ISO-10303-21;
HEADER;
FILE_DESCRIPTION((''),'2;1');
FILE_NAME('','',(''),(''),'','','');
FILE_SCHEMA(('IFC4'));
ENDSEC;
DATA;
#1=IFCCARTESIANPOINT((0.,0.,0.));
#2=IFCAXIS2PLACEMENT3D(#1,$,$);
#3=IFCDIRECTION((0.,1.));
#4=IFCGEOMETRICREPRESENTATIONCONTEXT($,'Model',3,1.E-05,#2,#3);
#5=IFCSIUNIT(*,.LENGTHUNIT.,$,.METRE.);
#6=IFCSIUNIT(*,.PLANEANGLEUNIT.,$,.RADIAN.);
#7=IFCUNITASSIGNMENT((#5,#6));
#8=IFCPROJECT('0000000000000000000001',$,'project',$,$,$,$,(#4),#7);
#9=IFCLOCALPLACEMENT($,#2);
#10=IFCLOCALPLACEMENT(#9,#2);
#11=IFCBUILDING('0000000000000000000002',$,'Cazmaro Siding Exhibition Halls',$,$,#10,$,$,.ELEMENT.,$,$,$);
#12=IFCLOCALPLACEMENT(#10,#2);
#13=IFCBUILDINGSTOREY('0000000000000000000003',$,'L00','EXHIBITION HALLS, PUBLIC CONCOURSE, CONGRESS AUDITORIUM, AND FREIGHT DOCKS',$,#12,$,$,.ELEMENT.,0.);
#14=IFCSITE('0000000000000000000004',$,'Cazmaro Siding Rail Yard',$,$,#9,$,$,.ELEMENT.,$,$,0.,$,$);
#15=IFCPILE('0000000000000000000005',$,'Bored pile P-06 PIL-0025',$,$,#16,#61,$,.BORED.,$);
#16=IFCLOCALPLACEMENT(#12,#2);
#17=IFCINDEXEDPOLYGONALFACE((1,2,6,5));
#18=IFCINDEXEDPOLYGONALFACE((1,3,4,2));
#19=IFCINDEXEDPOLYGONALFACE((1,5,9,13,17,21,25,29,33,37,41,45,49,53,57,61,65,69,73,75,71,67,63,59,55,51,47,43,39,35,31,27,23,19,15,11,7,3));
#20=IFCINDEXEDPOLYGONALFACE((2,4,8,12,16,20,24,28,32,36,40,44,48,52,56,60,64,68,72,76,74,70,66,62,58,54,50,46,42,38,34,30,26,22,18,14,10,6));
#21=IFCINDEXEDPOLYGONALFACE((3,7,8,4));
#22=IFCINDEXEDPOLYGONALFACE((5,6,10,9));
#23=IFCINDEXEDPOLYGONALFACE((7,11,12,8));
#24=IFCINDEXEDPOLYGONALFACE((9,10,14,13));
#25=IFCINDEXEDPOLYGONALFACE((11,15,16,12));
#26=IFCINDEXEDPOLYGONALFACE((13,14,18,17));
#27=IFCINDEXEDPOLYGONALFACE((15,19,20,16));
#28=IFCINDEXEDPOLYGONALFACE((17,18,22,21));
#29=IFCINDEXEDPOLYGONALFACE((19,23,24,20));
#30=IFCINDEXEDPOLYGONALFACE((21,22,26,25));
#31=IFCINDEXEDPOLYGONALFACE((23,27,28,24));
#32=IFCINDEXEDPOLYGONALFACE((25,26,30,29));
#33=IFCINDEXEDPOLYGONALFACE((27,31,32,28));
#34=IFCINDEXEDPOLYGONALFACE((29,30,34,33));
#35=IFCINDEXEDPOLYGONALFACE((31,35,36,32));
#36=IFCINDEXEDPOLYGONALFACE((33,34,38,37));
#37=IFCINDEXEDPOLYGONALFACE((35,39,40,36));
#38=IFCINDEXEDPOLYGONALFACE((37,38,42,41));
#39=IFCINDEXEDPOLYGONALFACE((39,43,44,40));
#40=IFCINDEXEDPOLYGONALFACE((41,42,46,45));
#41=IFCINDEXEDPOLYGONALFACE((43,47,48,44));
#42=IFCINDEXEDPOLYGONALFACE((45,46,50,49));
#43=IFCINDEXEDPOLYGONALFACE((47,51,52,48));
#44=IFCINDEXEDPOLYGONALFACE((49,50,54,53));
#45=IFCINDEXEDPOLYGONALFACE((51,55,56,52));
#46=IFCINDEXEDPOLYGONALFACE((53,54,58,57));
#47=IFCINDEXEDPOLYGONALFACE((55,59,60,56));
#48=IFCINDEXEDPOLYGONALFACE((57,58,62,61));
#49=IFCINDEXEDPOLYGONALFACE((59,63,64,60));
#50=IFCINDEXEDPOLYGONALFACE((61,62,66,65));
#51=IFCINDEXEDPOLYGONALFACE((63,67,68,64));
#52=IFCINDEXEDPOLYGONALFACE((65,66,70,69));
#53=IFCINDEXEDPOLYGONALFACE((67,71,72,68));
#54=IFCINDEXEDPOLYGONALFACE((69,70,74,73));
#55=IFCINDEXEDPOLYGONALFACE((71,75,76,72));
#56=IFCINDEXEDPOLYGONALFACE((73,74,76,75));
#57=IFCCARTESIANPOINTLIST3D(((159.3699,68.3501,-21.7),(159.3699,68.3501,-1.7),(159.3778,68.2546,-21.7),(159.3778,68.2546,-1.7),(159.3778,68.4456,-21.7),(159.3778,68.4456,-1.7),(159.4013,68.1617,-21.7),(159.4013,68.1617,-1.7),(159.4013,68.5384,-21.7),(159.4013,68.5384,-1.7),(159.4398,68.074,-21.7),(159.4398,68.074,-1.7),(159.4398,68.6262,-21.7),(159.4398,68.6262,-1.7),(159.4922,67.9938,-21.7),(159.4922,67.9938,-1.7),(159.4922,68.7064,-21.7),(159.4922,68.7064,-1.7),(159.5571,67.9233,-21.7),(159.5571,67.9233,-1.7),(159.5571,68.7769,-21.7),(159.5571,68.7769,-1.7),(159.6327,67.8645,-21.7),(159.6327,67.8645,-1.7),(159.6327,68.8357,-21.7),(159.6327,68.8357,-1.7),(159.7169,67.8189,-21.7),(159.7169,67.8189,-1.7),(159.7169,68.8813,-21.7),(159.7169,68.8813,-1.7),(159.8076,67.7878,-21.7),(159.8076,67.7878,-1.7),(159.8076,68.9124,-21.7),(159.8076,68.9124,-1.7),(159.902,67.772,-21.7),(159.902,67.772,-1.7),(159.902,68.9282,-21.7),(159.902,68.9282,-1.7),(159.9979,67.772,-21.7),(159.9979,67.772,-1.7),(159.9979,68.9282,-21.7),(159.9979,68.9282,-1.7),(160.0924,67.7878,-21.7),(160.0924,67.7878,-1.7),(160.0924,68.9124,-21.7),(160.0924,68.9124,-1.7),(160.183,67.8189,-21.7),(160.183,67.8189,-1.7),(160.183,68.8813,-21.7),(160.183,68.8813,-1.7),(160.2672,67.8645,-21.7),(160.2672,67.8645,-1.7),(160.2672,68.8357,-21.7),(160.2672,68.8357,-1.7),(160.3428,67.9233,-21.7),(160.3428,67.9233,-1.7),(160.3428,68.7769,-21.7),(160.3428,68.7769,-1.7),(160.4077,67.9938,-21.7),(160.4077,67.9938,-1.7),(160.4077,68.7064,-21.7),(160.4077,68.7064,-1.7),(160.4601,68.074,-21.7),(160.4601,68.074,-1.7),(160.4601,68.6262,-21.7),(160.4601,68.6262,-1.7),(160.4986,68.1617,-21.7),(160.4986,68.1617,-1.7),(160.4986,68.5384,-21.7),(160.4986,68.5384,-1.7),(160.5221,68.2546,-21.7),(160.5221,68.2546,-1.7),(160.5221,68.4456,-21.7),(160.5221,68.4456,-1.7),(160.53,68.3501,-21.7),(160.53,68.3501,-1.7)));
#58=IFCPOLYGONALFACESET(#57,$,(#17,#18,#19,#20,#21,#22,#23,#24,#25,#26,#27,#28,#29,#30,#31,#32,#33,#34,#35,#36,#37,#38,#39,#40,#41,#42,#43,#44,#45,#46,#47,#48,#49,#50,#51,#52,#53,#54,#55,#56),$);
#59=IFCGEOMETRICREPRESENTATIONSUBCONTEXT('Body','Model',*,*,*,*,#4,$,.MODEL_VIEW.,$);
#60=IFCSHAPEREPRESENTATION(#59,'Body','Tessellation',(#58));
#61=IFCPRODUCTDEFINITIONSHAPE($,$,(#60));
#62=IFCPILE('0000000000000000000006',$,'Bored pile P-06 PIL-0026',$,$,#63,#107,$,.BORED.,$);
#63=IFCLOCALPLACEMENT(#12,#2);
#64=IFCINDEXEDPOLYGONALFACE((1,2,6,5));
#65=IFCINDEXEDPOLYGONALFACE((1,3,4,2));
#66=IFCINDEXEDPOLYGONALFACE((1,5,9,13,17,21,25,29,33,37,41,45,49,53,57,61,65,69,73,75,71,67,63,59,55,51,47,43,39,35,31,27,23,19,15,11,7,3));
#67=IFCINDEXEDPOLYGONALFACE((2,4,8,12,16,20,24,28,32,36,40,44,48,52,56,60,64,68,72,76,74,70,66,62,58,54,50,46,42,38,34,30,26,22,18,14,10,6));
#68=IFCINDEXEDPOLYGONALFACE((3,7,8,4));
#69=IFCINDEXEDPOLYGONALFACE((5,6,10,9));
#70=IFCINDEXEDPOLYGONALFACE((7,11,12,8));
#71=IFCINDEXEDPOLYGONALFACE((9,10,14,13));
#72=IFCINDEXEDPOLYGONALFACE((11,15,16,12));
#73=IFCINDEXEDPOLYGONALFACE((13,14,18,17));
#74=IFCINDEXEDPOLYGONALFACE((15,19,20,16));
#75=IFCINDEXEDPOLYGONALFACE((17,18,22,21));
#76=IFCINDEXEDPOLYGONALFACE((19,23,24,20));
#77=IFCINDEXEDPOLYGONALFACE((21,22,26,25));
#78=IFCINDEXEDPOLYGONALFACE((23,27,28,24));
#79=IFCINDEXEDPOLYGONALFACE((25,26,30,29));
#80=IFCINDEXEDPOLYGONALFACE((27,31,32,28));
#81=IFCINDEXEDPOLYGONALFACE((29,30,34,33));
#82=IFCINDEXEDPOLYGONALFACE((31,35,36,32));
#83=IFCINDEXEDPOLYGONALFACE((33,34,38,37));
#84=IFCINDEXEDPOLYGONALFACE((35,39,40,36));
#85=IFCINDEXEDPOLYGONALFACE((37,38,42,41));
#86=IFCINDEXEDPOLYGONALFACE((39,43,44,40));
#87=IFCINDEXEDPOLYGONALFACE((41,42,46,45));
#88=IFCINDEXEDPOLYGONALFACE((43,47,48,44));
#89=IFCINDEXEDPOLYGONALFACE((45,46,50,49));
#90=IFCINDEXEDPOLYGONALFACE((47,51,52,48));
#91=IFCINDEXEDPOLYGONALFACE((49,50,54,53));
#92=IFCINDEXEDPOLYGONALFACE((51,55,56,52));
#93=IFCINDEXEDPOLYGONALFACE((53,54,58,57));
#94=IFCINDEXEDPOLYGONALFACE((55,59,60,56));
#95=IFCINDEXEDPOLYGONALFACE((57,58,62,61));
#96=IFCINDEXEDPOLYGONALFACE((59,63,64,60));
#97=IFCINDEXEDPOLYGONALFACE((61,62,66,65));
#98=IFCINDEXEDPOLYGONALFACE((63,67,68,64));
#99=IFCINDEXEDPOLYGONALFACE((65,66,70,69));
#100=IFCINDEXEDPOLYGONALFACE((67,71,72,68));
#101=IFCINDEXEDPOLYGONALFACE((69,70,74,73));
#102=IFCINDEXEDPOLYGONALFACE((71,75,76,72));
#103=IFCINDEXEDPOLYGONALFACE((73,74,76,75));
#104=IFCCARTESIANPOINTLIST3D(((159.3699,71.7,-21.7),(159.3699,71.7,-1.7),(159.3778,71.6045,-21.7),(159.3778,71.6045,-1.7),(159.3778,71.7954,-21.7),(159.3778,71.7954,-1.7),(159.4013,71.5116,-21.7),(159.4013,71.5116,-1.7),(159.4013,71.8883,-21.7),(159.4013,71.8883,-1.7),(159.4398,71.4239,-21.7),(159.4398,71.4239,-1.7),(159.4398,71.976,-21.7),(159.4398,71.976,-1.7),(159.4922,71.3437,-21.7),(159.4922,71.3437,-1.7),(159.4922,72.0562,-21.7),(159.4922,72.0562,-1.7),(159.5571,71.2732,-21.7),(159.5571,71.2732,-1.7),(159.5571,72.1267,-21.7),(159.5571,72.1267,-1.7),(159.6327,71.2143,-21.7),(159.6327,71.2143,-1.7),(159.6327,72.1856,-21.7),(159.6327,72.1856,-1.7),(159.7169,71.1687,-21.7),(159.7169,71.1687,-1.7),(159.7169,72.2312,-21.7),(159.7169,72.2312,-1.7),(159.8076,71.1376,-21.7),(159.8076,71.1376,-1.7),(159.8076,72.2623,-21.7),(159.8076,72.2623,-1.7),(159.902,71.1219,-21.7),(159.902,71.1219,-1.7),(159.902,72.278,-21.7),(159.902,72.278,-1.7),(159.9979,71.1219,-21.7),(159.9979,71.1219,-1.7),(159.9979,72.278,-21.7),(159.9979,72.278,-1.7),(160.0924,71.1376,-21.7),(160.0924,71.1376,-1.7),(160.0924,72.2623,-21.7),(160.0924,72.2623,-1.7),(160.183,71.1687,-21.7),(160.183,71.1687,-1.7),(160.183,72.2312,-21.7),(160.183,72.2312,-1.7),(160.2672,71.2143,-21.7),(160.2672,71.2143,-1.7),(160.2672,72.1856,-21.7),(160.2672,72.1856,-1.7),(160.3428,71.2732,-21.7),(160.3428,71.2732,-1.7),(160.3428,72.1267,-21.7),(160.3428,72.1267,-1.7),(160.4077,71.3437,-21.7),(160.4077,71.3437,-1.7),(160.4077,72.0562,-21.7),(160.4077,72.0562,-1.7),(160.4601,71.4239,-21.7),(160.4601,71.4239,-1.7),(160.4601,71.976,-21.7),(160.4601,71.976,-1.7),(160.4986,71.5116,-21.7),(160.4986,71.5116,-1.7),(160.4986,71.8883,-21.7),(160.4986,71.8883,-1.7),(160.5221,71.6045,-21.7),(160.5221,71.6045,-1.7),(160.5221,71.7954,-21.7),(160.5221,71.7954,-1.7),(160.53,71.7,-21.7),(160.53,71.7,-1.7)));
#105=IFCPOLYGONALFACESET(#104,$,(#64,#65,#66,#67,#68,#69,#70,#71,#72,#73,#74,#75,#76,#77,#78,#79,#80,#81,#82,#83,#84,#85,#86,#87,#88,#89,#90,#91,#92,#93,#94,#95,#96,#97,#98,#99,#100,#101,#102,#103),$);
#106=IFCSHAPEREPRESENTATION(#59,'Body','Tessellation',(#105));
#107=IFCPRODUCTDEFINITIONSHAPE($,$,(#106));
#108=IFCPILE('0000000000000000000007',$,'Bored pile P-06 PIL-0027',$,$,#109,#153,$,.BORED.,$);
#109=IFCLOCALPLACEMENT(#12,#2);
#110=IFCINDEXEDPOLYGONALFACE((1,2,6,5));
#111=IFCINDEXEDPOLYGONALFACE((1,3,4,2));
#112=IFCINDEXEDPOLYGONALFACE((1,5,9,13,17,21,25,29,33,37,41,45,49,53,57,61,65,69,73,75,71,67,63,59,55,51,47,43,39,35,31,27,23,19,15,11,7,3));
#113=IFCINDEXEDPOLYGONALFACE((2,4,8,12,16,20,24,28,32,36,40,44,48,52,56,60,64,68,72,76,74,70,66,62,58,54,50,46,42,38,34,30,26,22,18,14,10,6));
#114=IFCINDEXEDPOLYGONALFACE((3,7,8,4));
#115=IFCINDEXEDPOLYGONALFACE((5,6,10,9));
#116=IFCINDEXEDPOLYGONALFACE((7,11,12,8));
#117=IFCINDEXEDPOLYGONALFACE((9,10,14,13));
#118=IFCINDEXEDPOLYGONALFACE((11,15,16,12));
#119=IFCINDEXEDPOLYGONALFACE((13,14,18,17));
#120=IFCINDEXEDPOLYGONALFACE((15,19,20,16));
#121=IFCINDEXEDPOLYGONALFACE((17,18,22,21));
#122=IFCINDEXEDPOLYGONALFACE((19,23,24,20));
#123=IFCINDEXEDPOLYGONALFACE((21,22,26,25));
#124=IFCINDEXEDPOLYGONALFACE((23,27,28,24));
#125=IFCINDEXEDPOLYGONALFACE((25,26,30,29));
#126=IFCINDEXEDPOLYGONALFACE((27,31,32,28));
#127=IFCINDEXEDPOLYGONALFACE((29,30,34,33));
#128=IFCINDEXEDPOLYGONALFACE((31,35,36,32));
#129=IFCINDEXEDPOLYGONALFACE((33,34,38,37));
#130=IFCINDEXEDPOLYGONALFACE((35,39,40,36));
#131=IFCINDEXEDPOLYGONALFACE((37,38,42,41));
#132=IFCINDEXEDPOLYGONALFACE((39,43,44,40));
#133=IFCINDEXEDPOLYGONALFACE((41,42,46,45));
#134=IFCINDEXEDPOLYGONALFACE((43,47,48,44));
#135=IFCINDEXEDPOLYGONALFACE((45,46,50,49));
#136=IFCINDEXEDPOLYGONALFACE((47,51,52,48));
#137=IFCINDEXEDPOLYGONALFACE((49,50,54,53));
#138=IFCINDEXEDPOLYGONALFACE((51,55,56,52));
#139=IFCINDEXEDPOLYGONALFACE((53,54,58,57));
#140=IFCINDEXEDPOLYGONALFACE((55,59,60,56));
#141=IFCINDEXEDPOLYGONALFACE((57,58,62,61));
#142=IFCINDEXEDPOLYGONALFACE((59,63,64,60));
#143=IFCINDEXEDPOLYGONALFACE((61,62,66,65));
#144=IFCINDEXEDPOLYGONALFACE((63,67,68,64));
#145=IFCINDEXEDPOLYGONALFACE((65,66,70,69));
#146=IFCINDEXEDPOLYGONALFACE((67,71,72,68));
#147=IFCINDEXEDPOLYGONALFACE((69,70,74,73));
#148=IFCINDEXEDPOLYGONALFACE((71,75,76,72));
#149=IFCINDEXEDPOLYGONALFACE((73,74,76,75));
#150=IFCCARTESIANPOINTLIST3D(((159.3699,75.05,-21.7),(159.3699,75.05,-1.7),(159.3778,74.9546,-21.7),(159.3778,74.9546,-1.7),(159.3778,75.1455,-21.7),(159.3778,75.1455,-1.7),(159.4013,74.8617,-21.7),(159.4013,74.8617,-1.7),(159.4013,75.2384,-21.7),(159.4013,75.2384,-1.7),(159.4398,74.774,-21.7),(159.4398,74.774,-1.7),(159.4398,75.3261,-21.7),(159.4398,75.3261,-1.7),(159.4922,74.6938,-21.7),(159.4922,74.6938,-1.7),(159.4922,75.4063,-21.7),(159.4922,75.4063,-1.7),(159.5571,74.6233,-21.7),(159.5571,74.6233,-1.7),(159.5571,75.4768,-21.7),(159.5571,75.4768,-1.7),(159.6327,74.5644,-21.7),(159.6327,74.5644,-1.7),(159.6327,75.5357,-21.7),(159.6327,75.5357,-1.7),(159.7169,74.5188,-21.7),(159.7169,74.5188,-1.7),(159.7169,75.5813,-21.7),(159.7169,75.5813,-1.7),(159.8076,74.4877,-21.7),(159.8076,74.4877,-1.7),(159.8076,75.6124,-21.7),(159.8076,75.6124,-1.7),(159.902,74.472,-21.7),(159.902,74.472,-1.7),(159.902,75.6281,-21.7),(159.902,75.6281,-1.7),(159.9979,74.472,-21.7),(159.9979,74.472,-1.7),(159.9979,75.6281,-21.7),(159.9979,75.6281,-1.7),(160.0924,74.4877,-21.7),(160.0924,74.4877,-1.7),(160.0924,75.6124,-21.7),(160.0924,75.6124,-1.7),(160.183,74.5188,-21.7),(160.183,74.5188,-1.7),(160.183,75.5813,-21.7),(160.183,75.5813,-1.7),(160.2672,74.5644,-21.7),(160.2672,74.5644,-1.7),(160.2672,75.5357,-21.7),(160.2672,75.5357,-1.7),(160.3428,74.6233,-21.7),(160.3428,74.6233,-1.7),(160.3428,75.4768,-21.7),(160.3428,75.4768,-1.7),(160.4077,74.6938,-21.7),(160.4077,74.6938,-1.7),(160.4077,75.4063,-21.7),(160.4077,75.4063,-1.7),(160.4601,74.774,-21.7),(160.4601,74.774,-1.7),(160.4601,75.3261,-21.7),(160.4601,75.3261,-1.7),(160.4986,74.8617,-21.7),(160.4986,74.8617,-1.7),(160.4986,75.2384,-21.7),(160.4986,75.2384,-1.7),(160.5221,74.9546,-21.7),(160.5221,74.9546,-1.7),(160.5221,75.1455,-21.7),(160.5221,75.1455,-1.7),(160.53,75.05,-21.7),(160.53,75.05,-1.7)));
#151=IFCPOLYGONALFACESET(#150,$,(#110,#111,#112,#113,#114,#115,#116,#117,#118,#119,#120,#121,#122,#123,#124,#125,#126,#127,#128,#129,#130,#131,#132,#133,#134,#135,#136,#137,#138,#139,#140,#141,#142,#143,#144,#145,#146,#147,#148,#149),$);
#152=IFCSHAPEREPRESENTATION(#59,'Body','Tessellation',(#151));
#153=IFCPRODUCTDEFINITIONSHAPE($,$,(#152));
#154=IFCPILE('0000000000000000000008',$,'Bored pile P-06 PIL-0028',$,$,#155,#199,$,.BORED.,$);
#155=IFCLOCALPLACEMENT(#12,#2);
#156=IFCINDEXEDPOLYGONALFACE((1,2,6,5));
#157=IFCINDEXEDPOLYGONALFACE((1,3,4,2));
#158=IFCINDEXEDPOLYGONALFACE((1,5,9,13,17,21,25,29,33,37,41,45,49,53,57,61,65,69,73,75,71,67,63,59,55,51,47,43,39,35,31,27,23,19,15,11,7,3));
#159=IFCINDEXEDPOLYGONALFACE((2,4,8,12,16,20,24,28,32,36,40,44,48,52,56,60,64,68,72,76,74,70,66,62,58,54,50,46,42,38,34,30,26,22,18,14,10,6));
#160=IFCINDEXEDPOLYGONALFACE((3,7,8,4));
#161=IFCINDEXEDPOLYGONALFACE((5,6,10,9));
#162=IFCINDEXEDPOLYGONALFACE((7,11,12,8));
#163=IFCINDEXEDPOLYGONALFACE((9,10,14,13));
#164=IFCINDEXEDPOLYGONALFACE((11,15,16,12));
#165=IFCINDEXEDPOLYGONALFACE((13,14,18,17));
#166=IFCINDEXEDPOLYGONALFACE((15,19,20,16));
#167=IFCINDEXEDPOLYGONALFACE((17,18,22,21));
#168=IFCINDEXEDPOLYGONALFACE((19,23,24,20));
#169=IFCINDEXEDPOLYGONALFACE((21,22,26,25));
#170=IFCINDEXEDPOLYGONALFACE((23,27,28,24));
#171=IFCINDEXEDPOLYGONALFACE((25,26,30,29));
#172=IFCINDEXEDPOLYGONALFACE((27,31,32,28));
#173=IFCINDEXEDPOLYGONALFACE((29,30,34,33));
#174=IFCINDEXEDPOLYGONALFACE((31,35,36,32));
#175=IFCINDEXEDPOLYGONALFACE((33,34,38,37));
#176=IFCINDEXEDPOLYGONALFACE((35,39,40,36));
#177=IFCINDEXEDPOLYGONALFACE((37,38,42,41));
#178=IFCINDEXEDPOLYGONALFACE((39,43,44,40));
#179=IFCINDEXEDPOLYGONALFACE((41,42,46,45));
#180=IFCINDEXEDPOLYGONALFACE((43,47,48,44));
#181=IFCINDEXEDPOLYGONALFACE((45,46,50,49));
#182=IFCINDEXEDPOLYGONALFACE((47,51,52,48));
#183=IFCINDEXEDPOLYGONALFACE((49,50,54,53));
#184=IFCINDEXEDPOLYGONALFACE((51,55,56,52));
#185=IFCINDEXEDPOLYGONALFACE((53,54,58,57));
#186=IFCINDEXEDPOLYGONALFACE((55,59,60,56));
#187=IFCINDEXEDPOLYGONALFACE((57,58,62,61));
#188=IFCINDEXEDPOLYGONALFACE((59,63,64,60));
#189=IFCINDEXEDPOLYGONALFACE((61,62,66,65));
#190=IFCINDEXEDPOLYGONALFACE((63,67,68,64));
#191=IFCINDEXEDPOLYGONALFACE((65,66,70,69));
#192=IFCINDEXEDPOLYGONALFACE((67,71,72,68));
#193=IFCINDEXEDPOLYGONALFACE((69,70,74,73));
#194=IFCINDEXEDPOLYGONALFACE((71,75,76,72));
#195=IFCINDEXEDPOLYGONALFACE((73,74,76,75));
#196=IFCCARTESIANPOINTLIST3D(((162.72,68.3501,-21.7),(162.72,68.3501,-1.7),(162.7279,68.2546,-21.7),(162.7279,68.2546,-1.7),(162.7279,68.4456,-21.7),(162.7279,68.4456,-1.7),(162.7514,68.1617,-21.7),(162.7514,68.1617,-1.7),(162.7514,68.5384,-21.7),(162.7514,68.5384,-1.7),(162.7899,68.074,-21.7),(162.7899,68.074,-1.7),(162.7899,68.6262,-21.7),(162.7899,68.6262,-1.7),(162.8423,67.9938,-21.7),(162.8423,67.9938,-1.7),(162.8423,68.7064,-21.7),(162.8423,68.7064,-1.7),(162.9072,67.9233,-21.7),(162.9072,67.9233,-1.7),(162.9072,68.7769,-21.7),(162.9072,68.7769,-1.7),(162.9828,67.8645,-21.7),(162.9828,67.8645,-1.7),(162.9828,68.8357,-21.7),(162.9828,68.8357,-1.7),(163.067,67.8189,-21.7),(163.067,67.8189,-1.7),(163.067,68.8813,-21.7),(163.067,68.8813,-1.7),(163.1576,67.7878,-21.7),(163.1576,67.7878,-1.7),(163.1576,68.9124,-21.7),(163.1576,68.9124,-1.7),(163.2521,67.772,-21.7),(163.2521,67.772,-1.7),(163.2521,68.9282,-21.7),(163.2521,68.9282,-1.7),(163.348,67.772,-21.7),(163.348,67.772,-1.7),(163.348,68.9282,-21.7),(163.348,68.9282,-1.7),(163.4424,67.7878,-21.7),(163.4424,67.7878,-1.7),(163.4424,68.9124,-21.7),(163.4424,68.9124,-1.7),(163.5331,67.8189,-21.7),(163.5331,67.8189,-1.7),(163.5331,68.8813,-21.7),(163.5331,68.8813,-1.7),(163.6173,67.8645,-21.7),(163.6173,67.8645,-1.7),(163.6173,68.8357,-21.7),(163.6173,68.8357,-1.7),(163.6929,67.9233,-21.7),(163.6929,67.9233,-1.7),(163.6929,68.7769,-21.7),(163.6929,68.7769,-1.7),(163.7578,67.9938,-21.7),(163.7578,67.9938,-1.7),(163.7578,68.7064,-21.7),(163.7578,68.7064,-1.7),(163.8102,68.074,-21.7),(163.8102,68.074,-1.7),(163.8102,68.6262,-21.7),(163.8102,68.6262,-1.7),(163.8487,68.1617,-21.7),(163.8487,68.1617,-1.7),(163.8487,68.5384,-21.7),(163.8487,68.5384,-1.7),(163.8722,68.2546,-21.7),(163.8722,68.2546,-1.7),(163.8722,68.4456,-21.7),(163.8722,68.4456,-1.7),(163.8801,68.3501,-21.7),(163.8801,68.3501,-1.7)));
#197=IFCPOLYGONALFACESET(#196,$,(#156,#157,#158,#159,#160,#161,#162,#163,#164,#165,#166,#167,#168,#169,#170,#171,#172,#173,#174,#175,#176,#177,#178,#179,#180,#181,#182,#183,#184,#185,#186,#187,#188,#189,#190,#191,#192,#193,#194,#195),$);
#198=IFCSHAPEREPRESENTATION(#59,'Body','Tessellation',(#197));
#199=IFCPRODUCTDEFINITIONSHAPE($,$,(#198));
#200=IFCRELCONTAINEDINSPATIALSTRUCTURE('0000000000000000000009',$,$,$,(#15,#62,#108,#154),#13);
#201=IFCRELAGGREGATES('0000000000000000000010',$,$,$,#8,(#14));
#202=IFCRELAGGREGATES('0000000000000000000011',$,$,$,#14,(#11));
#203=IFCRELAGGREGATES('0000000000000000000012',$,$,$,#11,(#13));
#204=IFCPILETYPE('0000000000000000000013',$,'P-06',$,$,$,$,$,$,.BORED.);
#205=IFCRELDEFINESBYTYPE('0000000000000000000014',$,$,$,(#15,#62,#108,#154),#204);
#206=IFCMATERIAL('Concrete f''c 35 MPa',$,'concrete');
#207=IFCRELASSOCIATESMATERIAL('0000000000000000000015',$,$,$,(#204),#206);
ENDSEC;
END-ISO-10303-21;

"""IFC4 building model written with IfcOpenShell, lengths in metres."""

from ifc_helpers import new_model, si_unit, direction, frame, origin, origin_2d, place, context, subcontext, project, spatial, circle, extrude, material, material_profile, profile_set, type_object, element, save


model = new_model("IFC4")

# Units and contexts
model_context = context("Model", 3, precision=1e-05, world=origin(), true_north=direction((0.0, 1.0)))
body_context = subcontext(model_context, "Body", "Model", "MODEL_VIEW")
ifc_project = project(units=[si_unit("LENGTHUNIT", "METRE"), si_unit("PLANEANGLEUNIT", "RADIAN")], contexts=[model_context])

# Site, building, storey
site_placement = place(None, origin())
site = spatial("IfcSite", under=ifc_project, at=site_placement, Name="Cazmaro Siding Rail Yard", CompositionType="ELEMENT", RefElevation=0.0)
building_placement = place(site_placement, origin())
building = spatial("IfcBuilding", under=site, at=building_placement, Name="Cazmaro Siding Exhibition Halls", CompositionType="ELEMENT")
storey_placement = place(building_placement, origin())
storey = spatial("IfcBuildingStorey", under=building, at=storey_placement, Name="L00", Description="EXHIBITION HALLS, PUBLIC CONCOURSE, CONGRESS AUDITORIUM, AND FREIGHT DOCKS", CompositionType="ELEMENT", Elevation=0.0)

# Piles
ifc_material_1 = material(Name="Concrete f'c 35 MPa", Category="concrete")
ifc_material_profile_1 = material_profile(ifc_material_1, circle(Radius=0.5801, at=origin_2d()), Name="CIDH-1160")
ifc_profile_set_1 = profile_set([ifc_material_profile_1], Name="Concrete f'c 35 MPa")
pile_type = type_object("IfcPileType", Name="P-06", PredefinedType="BORED", material=ifc_profile_set_1)
for number, where, z_axis, x_axis, name in (
    (1, (159.95, 68.3501, -1.7), (0.0, 0.0, -1.0), (1.0, 0.0, 0.0), "Bored pile P-06 PIL-0025"),
    (2, (159.95, 71.7, -1.7), (0.0, 0.0, -1.0), (1.0, 0.0, 0.0), "Bored pile P-06 PIL-0026"),
    (3, (159.95, 75.05, -1.7), (0.0, 0.0, -1.0), (1.0, 0.0, 0.0), "Bored pile P-06 PIL-0027"),
    (4, (163.3, 68.3501, -1.7), (0.0, 0.0, -1.0), (1.0, 0.0, 0.0), "Bored pile P-06 PIL-0028"),
):
    element("IfcPile", number, at=place(storey_placement, frame(where, z_axis=z_axis, x_axis=x_axis)), inside=storey, type_object=pile_type, Name=name, PredefinedType="BORED", context=body_context, shape_type="SweptSolid", body=[
        extrude(circle(Radius=0.5801, at=origin_2d()), origin(), (0.0, 0.0, 1.0), 20.0),
    ])

save(model, "model.ifc")
